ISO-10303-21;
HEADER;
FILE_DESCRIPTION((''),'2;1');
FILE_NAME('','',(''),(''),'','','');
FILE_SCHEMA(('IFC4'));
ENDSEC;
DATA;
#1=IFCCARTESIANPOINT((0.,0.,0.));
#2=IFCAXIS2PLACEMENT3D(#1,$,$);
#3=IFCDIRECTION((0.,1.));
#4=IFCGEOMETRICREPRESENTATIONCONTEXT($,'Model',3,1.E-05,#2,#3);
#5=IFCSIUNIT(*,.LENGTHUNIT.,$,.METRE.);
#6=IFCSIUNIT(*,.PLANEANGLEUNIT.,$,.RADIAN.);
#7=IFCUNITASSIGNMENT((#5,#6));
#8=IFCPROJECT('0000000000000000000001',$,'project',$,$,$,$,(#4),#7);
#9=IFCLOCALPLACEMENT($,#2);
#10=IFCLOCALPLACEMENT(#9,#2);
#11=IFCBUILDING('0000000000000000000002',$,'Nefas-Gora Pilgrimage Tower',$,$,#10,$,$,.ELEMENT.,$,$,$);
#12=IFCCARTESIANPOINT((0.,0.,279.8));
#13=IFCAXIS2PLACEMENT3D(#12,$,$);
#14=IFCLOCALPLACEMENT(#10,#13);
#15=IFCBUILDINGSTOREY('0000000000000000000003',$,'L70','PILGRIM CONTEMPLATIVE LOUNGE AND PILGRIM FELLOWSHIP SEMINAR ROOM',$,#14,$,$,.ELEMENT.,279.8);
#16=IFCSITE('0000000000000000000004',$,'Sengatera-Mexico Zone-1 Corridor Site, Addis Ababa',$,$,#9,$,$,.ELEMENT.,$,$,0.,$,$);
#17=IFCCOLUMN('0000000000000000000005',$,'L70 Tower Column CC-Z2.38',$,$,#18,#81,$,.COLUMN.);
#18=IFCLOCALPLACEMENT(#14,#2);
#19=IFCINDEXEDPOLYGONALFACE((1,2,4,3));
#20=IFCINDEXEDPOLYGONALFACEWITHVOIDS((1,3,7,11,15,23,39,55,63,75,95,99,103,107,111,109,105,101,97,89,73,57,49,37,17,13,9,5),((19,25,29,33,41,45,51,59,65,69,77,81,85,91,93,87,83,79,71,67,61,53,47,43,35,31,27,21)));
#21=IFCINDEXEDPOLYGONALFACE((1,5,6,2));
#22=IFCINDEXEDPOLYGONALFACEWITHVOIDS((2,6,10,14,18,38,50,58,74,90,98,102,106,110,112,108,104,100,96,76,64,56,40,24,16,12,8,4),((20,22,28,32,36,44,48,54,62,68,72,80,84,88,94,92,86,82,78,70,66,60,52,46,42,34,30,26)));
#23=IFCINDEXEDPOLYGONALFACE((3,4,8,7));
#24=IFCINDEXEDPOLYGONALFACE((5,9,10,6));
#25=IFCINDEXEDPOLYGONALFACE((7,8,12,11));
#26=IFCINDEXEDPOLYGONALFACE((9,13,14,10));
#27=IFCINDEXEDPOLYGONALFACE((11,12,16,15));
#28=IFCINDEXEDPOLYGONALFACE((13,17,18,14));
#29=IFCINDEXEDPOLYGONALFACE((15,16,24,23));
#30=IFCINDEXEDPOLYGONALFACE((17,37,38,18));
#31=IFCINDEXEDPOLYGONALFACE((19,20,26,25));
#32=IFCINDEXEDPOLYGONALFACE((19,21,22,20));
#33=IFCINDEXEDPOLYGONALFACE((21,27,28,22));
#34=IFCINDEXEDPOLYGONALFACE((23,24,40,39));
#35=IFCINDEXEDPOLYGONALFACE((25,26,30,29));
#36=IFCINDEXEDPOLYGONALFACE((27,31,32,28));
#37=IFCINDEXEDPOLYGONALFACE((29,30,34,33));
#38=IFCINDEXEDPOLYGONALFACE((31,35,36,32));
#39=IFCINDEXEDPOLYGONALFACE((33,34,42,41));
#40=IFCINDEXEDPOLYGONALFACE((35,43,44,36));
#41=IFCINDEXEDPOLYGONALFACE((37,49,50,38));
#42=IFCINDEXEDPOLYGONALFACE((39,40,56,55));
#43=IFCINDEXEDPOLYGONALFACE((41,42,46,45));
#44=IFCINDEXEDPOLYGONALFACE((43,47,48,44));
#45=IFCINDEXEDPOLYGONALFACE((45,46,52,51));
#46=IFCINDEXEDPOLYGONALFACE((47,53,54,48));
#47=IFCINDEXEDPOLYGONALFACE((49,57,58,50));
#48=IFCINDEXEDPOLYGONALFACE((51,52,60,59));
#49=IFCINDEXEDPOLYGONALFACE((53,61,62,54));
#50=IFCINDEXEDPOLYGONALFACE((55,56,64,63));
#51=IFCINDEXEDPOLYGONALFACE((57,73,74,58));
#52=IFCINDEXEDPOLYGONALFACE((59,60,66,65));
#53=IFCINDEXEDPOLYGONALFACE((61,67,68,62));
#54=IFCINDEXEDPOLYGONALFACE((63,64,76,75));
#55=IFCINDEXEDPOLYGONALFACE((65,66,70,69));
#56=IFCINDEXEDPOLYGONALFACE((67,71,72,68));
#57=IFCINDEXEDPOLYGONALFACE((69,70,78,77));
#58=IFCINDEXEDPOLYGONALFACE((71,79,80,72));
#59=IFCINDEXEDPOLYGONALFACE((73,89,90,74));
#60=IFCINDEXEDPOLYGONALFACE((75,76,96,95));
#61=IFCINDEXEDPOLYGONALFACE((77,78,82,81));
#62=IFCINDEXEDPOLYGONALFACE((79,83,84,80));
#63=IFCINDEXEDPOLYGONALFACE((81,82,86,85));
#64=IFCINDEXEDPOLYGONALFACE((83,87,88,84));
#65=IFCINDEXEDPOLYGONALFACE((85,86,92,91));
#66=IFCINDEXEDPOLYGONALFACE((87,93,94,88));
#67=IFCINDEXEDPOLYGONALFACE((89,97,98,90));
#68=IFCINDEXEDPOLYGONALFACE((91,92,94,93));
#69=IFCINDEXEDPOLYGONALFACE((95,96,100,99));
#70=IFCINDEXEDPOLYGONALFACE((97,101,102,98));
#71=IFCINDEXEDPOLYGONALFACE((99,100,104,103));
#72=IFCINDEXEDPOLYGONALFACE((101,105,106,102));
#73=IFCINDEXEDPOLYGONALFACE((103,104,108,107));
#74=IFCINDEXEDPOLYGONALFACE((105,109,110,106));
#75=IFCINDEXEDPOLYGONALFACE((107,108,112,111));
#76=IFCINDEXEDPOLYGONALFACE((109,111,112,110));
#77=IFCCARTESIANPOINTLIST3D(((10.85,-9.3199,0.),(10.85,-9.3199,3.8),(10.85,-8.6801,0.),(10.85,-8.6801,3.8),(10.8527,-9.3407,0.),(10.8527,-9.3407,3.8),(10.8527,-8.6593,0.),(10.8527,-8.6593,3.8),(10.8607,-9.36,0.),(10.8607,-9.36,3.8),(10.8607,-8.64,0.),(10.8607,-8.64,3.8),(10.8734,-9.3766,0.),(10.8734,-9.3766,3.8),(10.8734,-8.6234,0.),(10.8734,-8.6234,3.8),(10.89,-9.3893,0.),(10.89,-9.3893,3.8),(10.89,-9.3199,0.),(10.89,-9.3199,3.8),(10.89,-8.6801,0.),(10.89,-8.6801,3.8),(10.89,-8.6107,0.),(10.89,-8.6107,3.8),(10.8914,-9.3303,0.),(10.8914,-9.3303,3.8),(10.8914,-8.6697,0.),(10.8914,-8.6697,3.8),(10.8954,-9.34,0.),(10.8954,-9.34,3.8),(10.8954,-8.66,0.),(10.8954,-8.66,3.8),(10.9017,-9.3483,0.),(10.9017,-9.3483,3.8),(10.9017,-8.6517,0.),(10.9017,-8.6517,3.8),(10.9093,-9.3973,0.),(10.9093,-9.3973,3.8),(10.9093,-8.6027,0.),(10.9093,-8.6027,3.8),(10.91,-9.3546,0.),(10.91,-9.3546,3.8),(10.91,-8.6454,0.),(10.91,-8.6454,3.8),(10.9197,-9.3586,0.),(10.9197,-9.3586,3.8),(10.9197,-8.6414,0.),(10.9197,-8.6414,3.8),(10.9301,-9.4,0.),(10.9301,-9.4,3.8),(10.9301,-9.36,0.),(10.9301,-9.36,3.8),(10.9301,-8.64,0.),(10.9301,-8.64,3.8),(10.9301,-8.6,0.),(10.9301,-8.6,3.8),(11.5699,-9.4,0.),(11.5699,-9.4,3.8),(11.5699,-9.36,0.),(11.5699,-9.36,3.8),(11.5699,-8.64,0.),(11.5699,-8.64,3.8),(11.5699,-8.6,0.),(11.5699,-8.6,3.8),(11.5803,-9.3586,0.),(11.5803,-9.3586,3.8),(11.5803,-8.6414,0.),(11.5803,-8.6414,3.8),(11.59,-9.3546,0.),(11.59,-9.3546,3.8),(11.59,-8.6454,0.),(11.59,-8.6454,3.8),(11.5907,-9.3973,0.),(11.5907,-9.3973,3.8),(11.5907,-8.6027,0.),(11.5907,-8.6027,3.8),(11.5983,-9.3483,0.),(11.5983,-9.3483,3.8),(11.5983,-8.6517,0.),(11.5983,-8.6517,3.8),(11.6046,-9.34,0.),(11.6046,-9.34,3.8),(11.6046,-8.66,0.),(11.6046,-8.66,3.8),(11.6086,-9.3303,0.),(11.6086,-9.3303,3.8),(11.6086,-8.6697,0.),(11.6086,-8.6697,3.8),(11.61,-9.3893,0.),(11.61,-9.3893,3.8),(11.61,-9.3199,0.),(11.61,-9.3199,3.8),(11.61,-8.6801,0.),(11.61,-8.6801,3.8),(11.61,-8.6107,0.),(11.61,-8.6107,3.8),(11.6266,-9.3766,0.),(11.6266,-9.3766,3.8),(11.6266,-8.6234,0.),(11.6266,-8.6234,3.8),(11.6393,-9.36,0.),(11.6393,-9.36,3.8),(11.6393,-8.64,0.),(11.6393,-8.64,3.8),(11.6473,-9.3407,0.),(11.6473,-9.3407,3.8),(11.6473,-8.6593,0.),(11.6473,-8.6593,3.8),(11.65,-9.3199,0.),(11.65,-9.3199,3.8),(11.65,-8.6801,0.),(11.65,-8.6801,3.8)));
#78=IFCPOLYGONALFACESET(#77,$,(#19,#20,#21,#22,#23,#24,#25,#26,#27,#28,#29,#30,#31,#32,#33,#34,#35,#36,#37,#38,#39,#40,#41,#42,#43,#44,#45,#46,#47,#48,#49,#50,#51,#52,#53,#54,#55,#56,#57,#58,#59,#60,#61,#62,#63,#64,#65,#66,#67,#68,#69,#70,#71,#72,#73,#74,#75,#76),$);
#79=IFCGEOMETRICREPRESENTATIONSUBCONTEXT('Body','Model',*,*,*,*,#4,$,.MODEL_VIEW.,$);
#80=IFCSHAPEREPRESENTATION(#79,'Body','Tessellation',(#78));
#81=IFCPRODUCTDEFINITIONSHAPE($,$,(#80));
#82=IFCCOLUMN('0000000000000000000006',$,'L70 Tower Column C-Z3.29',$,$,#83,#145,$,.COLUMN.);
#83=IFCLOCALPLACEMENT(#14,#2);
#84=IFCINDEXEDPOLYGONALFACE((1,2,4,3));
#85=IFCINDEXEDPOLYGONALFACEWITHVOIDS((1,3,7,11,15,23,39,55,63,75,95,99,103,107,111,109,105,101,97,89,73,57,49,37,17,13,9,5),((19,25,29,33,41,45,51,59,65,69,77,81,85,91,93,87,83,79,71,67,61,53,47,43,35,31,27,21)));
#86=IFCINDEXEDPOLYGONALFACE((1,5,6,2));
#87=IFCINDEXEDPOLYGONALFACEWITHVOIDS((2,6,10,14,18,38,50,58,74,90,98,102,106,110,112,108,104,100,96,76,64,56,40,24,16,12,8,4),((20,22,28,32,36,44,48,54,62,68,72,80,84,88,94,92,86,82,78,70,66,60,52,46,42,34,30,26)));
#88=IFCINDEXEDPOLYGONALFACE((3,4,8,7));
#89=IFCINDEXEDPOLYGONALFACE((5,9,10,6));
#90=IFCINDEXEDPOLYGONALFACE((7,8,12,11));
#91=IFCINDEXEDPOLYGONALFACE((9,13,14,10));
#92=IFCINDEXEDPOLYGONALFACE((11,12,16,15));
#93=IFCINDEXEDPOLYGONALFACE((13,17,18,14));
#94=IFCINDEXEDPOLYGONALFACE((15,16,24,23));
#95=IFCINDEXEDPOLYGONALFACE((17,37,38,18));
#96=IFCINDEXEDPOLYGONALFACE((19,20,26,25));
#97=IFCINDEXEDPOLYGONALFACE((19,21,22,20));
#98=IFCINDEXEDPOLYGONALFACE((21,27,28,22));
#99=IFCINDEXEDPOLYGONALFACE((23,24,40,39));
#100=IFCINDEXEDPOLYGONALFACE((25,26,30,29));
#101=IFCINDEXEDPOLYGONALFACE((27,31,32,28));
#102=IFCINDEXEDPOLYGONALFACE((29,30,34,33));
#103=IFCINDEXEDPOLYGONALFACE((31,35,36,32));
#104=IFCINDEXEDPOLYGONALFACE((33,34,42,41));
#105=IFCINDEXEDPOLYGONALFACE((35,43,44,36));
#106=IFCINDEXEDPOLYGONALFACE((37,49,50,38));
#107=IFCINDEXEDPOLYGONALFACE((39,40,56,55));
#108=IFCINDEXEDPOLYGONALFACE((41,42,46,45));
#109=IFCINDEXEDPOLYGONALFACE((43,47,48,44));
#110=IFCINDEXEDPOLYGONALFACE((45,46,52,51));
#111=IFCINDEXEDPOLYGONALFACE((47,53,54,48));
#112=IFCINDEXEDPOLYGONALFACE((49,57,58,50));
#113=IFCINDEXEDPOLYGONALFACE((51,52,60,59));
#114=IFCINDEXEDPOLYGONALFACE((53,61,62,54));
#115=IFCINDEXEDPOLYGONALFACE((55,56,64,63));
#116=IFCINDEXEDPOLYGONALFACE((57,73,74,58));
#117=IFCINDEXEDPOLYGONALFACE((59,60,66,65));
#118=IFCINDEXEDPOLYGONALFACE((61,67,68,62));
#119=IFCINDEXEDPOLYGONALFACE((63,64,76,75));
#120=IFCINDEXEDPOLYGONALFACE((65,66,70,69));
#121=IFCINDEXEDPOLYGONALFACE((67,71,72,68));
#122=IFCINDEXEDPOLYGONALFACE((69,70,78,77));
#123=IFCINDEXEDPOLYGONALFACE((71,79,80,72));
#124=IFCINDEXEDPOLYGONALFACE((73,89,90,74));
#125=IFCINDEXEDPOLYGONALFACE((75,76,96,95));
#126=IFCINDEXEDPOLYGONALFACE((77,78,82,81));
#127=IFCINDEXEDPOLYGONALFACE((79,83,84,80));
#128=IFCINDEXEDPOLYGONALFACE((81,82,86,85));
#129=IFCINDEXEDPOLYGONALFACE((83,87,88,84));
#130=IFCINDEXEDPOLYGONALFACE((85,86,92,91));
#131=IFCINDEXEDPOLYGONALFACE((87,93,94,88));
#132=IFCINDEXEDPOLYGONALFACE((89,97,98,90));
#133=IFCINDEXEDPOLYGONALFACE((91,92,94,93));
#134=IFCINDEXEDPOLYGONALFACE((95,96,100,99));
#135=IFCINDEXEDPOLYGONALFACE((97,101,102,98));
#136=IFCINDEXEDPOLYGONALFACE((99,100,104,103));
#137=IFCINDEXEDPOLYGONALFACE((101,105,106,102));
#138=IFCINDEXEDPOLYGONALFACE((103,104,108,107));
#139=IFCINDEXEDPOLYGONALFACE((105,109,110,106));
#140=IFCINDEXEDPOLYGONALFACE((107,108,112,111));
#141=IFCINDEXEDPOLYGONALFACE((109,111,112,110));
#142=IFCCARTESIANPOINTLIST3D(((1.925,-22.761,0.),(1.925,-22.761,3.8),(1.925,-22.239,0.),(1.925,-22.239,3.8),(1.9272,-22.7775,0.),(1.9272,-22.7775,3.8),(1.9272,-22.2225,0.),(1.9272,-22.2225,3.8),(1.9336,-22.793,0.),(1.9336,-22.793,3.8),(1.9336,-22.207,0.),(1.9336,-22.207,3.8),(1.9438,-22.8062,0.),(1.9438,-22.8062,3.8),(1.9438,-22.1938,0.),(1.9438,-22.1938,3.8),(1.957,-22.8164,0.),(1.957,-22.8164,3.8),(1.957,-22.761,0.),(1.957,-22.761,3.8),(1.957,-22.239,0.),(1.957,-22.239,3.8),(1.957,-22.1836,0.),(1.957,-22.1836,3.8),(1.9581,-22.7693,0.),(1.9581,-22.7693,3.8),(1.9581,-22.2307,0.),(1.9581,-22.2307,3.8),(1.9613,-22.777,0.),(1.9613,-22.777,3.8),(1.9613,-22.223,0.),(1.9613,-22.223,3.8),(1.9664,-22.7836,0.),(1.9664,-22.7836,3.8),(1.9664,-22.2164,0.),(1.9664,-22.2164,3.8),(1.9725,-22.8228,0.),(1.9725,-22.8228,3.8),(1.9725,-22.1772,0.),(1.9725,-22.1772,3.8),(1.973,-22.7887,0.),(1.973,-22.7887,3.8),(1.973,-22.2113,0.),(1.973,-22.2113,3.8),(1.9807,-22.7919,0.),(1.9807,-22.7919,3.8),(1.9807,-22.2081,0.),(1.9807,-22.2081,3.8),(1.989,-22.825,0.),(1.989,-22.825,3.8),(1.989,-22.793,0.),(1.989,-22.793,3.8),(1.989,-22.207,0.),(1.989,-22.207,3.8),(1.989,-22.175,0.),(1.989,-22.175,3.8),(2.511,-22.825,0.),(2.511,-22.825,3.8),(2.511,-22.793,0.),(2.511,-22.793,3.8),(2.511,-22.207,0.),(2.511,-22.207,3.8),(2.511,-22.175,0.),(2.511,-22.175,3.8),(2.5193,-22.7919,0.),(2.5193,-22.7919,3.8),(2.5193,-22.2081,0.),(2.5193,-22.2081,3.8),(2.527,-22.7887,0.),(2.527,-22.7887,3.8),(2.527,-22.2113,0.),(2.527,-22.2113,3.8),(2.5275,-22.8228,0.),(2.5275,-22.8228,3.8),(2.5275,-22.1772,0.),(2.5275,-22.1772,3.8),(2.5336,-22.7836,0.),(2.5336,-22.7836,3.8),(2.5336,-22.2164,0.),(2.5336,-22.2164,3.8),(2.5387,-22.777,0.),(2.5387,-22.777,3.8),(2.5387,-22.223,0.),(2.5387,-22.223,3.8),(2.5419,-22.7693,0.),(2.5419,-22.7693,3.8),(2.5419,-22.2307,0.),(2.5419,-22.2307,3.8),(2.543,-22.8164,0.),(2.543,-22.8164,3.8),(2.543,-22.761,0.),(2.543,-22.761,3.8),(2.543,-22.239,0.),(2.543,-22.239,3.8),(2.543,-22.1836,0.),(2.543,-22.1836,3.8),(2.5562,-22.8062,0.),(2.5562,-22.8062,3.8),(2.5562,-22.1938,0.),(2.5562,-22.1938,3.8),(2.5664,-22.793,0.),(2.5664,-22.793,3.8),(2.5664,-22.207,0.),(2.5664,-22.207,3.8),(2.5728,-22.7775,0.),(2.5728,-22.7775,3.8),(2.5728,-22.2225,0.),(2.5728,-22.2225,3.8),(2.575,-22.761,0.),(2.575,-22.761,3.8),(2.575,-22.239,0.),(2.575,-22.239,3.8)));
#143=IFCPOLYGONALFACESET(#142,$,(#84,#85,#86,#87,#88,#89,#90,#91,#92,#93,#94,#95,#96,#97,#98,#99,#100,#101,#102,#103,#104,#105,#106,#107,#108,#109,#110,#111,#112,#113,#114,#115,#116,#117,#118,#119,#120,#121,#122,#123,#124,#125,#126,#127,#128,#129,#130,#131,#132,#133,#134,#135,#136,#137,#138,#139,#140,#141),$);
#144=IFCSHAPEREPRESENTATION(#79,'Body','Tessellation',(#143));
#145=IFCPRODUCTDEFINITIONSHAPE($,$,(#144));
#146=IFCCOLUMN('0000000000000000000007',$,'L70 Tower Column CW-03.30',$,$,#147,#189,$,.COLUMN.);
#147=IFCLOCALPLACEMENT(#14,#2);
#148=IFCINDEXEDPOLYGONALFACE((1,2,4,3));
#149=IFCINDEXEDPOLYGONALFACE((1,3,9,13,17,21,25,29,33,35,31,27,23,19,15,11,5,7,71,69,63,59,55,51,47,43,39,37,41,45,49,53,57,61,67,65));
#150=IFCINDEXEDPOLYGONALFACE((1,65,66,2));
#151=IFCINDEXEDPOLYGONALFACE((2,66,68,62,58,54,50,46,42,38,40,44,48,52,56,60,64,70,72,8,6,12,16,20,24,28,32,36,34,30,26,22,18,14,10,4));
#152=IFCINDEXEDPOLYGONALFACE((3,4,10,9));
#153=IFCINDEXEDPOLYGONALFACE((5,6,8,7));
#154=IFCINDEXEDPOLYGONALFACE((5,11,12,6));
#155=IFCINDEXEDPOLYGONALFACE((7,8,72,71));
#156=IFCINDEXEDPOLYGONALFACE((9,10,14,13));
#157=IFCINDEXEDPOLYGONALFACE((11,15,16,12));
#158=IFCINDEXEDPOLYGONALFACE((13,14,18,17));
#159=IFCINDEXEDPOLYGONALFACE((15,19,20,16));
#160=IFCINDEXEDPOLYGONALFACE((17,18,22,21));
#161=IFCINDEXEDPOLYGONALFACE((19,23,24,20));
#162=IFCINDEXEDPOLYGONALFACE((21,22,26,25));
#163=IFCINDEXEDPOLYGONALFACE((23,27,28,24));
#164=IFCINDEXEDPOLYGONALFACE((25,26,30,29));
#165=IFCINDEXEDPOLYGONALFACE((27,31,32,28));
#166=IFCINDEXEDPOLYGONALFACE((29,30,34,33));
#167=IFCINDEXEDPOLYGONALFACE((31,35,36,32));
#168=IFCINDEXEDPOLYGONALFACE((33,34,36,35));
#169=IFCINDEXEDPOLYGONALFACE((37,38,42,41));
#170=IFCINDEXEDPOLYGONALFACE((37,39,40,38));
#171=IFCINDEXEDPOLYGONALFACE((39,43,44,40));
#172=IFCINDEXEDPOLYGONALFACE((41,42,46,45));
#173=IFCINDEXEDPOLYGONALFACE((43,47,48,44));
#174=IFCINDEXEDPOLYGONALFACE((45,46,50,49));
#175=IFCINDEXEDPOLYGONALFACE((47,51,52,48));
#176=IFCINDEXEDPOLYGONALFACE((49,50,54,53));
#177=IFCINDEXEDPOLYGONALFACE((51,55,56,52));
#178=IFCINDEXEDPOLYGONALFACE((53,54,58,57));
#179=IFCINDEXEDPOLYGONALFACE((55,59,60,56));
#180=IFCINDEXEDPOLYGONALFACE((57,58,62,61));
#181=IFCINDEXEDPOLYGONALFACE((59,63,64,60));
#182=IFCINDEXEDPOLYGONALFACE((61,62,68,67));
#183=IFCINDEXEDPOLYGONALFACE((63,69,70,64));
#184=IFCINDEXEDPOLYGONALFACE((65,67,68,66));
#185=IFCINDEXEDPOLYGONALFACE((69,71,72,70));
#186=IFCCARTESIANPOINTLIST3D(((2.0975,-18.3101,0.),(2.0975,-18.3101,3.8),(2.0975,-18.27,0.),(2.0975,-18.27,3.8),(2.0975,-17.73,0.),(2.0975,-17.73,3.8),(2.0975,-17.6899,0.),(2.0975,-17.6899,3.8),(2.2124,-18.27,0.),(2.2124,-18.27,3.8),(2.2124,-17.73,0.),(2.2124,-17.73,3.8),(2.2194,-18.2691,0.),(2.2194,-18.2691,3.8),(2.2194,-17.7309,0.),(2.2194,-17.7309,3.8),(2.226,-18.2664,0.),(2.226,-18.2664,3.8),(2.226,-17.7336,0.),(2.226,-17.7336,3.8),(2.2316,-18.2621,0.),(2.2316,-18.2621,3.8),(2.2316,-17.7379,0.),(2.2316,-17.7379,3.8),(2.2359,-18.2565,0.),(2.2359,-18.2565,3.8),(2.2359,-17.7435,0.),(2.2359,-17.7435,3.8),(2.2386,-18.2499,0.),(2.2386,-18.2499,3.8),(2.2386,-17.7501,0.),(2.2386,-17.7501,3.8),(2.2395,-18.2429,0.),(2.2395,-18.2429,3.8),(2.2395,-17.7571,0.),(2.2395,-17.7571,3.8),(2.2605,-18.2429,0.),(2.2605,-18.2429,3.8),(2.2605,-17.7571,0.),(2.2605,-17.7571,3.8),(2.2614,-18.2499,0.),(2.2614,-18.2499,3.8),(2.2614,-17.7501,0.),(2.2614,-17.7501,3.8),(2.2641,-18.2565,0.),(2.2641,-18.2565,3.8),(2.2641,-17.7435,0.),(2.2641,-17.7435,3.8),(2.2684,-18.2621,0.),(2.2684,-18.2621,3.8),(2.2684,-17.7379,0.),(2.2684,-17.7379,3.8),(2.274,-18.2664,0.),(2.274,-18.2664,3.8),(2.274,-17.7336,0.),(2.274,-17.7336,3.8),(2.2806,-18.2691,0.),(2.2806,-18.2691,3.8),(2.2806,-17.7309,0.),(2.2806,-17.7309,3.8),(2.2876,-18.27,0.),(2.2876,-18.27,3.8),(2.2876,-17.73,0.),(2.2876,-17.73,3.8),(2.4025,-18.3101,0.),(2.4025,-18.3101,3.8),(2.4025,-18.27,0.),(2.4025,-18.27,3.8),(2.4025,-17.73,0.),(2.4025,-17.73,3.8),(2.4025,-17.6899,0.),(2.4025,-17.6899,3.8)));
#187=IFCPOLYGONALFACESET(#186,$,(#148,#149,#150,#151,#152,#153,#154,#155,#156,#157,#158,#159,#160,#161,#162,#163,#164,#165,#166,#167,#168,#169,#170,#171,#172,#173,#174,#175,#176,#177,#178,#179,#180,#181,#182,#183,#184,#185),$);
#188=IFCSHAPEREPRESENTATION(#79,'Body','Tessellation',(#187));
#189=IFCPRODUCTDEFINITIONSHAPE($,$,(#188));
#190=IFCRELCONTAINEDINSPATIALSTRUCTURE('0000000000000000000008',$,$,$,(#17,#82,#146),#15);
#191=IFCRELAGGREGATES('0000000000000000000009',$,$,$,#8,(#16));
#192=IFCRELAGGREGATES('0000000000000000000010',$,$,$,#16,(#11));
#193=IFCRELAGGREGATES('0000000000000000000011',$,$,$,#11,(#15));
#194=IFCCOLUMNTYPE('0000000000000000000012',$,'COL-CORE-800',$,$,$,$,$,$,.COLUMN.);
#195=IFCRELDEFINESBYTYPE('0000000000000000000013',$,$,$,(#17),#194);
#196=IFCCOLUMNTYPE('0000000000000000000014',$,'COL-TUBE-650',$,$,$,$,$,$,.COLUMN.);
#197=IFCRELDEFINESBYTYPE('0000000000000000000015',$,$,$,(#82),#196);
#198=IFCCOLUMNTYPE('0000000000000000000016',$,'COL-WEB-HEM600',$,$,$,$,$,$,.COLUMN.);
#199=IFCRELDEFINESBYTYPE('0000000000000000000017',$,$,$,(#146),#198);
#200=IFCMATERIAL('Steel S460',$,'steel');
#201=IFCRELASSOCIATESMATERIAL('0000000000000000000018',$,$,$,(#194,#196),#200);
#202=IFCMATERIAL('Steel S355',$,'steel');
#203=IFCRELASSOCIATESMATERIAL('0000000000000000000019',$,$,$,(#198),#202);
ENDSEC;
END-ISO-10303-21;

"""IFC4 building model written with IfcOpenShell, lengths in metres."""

from ifc_helpers import new_model, si_unit, direction, frame, origin, origin_2d, place, context, subcontext, project, spatial, hollow_rectangle, i_section, extrude, source, transform, mapped, material, material_profile, profile_set, type_object, element, save


model = new_model("IFC4")

# Units and contexts
model_context = context("Model", 3, precision=1e-05, world=origin(), true_north=direction((0.0, 1.0)))
body_context = subcontext(model_context, "Body", "Model", "MODEL_VIEW")
ifc_project = project(units=[si_unit("LENGTHUNIT", "METRE"), si_unit("PLANEANGLEUNIT", "RADIAN")], contexts=[model_context])

# Site, building, storey
site_placement = place(None, origin())
site = spatial("IfcSite", under=ifc_project, at=site_placement, Name="Sengatera-Mexico Zone-1 Corridor Site, Addis Ababa", CompositionType="ELEMENT", RefElevation=0.0)
building_placement = place(site_placement, origin())
building = spatial("IfcBuilding", under=site, at=building_placement, Name="Nefas-Gora Pilgrimage Tower", CompositionType="ELEMENT")
storey_placement = place(building_placement, frame((0.0, 0.0, 279.8)))
storey = spatial("IfcBuildingStorey", under=building, at=storey_placement, Name="L70", Description="PILGRIM CONTEMPLATIVE LOUNGE AND PILGRIM FELLOWSHIP SEMINAR ROOM", CompositionType="ELEMENT", Elevation=279.8)

# Columns
ifc_material_1 = material(Name="Steel S460", Category="steel")
ifc_material_profile_1 = material_profile(ifc_material_1, hollow_rectangle(XDim=0.8, YDim=0.8, WallThickness=0.04, InnerFilletRadius=0.04, OuterFilletRadius=0.0801, at=origin_2d()), Name="BOX 800x800x40")
ifc_profile_set_1 = profile_set([ifc_material_profile_1], Name="Steel S460")
column_type_1 = type_object("IfcColumnType", Name="COL-CORE-800", PredefinedType="COLUMN", material=ifc_profile_set_1)
shared_shape_1 = source(origin(), body_context, "Body", "SweptSolid", [
    extrude(hollow_rectangle(XDim=0.8, YDim=0.8, WallThickness=0.04, InnerFilletRadius=0.04, OuterFilletRadius=0.0801, at=origin_2d()), origin(), (0.0, 0.0, 1.0), 3.8),
])
column_1_placement = place(storey_placement, frame((11.25, -9.0, 0.0), z_axis=(0.0, 0.0, 1.0), x_axis=(1.0, 0.0, 0.0)))
element("IfcColumn", 1, at=column_1_placement, inside=storey, type_object=column_type_1, Name="L70 Tower Column CC-Z2.38", PredefinedType="COLUMN", context=body_context, shape_type="MappedRepresentation", body=[
    mapped(shared_shape_1, transform((0.0, 0.0, 0.0), x_axis=(1.0, 0.0, 0.0), y_axis=(0.0, 1.0, 0.0), z_axis=(0.0, 0.0, 1.0), scale=1.0)),
])
ifc_material_profile_2 = material_profile(ifc_material_1, hollow_rectangle(XDim=0.6499, YDim=0.6499, WallThickness=0.032, InnerFilletRadius=0.032, OuterFilletRadius=0.064, at=origin_2d()), Name="BOX 650x650x32")
ifc_profile_set_2 = profile_set([ifc_material_profile_2], Name="Steel S460")
column_type_2 = type_object("IfcColumnType", Name="COL-TUBE-650", PredefinedType="COLUMN", material=ifc_profile_set_2)
shared_shape_2 = source(origin(), body_context, "Body", "SweptSolid", [
    extrude(hollow_rectangle(XDim=0.6499, YDim=0.6499, WallThickness=0.032, InnerFilletRadius=0.032, OuterFilletRadius=0.064, at=origin_2d()), origin(), (0.0, 0.0, 1.0), 3.8),
])
column_2_placement = place(storey_placement, frame((2.25, -22.5, 0.0), z_axis=(0.0, 0.0, 1.0), x_axis=(1.0, 0.0, 0.0)))
element("IfcColumn", 2, at=column_2_placement, inside=storey, type_object=column_type_2, Name="L70 Tower Column C-Z3.29", PredefinedType="COLUMN", context=body_context, shape_type="MappedRepresentation", body=[
    mapped(shared_shape_2, transform((0.0, 0.0, 0.0), x_axis=(1.0, 0.0, 0.0), y_axis=(0.0, 1.0, 0.0), z_axis=(0.0, 0.0, 1.0), scale=1.0)),
])
ifc_material_2 = material(Name="Steel S355", Category="steel")
ifc_material_profile_3 = material_profile(ifc_material_2, i_section(OverallWidth=0.3049, OverallDepth=0.6201, WebThickness=0.021, FlangeThickness=0.04, FilletRadius=0.0271, at=origin_2d()), Name="HEM 600")
ifc_profile_set_3 = profile_set([ifc_material_profile_3], Name="Steel S355")
column_type_3 = type_object("IfcColumnType", Name="COL-WEB-HEM600", PredefinedType="COLUMN", material=ifc_profile_set_3)
shared_shape_3 = source(origin(), body_context, "Body", "SweptSolid", [
    extrude(i_section(OverallWidth=0.3049, OverallDepth=0.6201, WebThickness=0.021, FlangeThickness=0.04, FilletRadius=0.0271, at=origin_2d()), origin(), (0.0, 0.0, 1.0), 3.8),
])
for number, where, z_axis, x_axis, name in (
    (3, (2.25, -18.0, 0.0), (0.0, 0.0, 1.0), (1.0, 0.0, 0.0), "L70 Tower Column CW-03.30"),
):
    element("IfcColumn", number, at=place(storey_placement, frame(where, z_axis=z_axis, x_axis=x_axis)), inside=storey, type_object=column_type_3, Name=name, PredefinedType="COLUMN", context=body_context, shape_type="MappedRepresentation", body=[
        mapped(shared_shape_3, transform((0.0, 0.0, 0.0), x_axis=(1.0, 0.0, 0.0), y_axis=(0.0, 1.0, 0.0), z_axis=(0.0, 0.0, 1.0), scale=1.0)),
    ])

save(model, "model.ifc")
